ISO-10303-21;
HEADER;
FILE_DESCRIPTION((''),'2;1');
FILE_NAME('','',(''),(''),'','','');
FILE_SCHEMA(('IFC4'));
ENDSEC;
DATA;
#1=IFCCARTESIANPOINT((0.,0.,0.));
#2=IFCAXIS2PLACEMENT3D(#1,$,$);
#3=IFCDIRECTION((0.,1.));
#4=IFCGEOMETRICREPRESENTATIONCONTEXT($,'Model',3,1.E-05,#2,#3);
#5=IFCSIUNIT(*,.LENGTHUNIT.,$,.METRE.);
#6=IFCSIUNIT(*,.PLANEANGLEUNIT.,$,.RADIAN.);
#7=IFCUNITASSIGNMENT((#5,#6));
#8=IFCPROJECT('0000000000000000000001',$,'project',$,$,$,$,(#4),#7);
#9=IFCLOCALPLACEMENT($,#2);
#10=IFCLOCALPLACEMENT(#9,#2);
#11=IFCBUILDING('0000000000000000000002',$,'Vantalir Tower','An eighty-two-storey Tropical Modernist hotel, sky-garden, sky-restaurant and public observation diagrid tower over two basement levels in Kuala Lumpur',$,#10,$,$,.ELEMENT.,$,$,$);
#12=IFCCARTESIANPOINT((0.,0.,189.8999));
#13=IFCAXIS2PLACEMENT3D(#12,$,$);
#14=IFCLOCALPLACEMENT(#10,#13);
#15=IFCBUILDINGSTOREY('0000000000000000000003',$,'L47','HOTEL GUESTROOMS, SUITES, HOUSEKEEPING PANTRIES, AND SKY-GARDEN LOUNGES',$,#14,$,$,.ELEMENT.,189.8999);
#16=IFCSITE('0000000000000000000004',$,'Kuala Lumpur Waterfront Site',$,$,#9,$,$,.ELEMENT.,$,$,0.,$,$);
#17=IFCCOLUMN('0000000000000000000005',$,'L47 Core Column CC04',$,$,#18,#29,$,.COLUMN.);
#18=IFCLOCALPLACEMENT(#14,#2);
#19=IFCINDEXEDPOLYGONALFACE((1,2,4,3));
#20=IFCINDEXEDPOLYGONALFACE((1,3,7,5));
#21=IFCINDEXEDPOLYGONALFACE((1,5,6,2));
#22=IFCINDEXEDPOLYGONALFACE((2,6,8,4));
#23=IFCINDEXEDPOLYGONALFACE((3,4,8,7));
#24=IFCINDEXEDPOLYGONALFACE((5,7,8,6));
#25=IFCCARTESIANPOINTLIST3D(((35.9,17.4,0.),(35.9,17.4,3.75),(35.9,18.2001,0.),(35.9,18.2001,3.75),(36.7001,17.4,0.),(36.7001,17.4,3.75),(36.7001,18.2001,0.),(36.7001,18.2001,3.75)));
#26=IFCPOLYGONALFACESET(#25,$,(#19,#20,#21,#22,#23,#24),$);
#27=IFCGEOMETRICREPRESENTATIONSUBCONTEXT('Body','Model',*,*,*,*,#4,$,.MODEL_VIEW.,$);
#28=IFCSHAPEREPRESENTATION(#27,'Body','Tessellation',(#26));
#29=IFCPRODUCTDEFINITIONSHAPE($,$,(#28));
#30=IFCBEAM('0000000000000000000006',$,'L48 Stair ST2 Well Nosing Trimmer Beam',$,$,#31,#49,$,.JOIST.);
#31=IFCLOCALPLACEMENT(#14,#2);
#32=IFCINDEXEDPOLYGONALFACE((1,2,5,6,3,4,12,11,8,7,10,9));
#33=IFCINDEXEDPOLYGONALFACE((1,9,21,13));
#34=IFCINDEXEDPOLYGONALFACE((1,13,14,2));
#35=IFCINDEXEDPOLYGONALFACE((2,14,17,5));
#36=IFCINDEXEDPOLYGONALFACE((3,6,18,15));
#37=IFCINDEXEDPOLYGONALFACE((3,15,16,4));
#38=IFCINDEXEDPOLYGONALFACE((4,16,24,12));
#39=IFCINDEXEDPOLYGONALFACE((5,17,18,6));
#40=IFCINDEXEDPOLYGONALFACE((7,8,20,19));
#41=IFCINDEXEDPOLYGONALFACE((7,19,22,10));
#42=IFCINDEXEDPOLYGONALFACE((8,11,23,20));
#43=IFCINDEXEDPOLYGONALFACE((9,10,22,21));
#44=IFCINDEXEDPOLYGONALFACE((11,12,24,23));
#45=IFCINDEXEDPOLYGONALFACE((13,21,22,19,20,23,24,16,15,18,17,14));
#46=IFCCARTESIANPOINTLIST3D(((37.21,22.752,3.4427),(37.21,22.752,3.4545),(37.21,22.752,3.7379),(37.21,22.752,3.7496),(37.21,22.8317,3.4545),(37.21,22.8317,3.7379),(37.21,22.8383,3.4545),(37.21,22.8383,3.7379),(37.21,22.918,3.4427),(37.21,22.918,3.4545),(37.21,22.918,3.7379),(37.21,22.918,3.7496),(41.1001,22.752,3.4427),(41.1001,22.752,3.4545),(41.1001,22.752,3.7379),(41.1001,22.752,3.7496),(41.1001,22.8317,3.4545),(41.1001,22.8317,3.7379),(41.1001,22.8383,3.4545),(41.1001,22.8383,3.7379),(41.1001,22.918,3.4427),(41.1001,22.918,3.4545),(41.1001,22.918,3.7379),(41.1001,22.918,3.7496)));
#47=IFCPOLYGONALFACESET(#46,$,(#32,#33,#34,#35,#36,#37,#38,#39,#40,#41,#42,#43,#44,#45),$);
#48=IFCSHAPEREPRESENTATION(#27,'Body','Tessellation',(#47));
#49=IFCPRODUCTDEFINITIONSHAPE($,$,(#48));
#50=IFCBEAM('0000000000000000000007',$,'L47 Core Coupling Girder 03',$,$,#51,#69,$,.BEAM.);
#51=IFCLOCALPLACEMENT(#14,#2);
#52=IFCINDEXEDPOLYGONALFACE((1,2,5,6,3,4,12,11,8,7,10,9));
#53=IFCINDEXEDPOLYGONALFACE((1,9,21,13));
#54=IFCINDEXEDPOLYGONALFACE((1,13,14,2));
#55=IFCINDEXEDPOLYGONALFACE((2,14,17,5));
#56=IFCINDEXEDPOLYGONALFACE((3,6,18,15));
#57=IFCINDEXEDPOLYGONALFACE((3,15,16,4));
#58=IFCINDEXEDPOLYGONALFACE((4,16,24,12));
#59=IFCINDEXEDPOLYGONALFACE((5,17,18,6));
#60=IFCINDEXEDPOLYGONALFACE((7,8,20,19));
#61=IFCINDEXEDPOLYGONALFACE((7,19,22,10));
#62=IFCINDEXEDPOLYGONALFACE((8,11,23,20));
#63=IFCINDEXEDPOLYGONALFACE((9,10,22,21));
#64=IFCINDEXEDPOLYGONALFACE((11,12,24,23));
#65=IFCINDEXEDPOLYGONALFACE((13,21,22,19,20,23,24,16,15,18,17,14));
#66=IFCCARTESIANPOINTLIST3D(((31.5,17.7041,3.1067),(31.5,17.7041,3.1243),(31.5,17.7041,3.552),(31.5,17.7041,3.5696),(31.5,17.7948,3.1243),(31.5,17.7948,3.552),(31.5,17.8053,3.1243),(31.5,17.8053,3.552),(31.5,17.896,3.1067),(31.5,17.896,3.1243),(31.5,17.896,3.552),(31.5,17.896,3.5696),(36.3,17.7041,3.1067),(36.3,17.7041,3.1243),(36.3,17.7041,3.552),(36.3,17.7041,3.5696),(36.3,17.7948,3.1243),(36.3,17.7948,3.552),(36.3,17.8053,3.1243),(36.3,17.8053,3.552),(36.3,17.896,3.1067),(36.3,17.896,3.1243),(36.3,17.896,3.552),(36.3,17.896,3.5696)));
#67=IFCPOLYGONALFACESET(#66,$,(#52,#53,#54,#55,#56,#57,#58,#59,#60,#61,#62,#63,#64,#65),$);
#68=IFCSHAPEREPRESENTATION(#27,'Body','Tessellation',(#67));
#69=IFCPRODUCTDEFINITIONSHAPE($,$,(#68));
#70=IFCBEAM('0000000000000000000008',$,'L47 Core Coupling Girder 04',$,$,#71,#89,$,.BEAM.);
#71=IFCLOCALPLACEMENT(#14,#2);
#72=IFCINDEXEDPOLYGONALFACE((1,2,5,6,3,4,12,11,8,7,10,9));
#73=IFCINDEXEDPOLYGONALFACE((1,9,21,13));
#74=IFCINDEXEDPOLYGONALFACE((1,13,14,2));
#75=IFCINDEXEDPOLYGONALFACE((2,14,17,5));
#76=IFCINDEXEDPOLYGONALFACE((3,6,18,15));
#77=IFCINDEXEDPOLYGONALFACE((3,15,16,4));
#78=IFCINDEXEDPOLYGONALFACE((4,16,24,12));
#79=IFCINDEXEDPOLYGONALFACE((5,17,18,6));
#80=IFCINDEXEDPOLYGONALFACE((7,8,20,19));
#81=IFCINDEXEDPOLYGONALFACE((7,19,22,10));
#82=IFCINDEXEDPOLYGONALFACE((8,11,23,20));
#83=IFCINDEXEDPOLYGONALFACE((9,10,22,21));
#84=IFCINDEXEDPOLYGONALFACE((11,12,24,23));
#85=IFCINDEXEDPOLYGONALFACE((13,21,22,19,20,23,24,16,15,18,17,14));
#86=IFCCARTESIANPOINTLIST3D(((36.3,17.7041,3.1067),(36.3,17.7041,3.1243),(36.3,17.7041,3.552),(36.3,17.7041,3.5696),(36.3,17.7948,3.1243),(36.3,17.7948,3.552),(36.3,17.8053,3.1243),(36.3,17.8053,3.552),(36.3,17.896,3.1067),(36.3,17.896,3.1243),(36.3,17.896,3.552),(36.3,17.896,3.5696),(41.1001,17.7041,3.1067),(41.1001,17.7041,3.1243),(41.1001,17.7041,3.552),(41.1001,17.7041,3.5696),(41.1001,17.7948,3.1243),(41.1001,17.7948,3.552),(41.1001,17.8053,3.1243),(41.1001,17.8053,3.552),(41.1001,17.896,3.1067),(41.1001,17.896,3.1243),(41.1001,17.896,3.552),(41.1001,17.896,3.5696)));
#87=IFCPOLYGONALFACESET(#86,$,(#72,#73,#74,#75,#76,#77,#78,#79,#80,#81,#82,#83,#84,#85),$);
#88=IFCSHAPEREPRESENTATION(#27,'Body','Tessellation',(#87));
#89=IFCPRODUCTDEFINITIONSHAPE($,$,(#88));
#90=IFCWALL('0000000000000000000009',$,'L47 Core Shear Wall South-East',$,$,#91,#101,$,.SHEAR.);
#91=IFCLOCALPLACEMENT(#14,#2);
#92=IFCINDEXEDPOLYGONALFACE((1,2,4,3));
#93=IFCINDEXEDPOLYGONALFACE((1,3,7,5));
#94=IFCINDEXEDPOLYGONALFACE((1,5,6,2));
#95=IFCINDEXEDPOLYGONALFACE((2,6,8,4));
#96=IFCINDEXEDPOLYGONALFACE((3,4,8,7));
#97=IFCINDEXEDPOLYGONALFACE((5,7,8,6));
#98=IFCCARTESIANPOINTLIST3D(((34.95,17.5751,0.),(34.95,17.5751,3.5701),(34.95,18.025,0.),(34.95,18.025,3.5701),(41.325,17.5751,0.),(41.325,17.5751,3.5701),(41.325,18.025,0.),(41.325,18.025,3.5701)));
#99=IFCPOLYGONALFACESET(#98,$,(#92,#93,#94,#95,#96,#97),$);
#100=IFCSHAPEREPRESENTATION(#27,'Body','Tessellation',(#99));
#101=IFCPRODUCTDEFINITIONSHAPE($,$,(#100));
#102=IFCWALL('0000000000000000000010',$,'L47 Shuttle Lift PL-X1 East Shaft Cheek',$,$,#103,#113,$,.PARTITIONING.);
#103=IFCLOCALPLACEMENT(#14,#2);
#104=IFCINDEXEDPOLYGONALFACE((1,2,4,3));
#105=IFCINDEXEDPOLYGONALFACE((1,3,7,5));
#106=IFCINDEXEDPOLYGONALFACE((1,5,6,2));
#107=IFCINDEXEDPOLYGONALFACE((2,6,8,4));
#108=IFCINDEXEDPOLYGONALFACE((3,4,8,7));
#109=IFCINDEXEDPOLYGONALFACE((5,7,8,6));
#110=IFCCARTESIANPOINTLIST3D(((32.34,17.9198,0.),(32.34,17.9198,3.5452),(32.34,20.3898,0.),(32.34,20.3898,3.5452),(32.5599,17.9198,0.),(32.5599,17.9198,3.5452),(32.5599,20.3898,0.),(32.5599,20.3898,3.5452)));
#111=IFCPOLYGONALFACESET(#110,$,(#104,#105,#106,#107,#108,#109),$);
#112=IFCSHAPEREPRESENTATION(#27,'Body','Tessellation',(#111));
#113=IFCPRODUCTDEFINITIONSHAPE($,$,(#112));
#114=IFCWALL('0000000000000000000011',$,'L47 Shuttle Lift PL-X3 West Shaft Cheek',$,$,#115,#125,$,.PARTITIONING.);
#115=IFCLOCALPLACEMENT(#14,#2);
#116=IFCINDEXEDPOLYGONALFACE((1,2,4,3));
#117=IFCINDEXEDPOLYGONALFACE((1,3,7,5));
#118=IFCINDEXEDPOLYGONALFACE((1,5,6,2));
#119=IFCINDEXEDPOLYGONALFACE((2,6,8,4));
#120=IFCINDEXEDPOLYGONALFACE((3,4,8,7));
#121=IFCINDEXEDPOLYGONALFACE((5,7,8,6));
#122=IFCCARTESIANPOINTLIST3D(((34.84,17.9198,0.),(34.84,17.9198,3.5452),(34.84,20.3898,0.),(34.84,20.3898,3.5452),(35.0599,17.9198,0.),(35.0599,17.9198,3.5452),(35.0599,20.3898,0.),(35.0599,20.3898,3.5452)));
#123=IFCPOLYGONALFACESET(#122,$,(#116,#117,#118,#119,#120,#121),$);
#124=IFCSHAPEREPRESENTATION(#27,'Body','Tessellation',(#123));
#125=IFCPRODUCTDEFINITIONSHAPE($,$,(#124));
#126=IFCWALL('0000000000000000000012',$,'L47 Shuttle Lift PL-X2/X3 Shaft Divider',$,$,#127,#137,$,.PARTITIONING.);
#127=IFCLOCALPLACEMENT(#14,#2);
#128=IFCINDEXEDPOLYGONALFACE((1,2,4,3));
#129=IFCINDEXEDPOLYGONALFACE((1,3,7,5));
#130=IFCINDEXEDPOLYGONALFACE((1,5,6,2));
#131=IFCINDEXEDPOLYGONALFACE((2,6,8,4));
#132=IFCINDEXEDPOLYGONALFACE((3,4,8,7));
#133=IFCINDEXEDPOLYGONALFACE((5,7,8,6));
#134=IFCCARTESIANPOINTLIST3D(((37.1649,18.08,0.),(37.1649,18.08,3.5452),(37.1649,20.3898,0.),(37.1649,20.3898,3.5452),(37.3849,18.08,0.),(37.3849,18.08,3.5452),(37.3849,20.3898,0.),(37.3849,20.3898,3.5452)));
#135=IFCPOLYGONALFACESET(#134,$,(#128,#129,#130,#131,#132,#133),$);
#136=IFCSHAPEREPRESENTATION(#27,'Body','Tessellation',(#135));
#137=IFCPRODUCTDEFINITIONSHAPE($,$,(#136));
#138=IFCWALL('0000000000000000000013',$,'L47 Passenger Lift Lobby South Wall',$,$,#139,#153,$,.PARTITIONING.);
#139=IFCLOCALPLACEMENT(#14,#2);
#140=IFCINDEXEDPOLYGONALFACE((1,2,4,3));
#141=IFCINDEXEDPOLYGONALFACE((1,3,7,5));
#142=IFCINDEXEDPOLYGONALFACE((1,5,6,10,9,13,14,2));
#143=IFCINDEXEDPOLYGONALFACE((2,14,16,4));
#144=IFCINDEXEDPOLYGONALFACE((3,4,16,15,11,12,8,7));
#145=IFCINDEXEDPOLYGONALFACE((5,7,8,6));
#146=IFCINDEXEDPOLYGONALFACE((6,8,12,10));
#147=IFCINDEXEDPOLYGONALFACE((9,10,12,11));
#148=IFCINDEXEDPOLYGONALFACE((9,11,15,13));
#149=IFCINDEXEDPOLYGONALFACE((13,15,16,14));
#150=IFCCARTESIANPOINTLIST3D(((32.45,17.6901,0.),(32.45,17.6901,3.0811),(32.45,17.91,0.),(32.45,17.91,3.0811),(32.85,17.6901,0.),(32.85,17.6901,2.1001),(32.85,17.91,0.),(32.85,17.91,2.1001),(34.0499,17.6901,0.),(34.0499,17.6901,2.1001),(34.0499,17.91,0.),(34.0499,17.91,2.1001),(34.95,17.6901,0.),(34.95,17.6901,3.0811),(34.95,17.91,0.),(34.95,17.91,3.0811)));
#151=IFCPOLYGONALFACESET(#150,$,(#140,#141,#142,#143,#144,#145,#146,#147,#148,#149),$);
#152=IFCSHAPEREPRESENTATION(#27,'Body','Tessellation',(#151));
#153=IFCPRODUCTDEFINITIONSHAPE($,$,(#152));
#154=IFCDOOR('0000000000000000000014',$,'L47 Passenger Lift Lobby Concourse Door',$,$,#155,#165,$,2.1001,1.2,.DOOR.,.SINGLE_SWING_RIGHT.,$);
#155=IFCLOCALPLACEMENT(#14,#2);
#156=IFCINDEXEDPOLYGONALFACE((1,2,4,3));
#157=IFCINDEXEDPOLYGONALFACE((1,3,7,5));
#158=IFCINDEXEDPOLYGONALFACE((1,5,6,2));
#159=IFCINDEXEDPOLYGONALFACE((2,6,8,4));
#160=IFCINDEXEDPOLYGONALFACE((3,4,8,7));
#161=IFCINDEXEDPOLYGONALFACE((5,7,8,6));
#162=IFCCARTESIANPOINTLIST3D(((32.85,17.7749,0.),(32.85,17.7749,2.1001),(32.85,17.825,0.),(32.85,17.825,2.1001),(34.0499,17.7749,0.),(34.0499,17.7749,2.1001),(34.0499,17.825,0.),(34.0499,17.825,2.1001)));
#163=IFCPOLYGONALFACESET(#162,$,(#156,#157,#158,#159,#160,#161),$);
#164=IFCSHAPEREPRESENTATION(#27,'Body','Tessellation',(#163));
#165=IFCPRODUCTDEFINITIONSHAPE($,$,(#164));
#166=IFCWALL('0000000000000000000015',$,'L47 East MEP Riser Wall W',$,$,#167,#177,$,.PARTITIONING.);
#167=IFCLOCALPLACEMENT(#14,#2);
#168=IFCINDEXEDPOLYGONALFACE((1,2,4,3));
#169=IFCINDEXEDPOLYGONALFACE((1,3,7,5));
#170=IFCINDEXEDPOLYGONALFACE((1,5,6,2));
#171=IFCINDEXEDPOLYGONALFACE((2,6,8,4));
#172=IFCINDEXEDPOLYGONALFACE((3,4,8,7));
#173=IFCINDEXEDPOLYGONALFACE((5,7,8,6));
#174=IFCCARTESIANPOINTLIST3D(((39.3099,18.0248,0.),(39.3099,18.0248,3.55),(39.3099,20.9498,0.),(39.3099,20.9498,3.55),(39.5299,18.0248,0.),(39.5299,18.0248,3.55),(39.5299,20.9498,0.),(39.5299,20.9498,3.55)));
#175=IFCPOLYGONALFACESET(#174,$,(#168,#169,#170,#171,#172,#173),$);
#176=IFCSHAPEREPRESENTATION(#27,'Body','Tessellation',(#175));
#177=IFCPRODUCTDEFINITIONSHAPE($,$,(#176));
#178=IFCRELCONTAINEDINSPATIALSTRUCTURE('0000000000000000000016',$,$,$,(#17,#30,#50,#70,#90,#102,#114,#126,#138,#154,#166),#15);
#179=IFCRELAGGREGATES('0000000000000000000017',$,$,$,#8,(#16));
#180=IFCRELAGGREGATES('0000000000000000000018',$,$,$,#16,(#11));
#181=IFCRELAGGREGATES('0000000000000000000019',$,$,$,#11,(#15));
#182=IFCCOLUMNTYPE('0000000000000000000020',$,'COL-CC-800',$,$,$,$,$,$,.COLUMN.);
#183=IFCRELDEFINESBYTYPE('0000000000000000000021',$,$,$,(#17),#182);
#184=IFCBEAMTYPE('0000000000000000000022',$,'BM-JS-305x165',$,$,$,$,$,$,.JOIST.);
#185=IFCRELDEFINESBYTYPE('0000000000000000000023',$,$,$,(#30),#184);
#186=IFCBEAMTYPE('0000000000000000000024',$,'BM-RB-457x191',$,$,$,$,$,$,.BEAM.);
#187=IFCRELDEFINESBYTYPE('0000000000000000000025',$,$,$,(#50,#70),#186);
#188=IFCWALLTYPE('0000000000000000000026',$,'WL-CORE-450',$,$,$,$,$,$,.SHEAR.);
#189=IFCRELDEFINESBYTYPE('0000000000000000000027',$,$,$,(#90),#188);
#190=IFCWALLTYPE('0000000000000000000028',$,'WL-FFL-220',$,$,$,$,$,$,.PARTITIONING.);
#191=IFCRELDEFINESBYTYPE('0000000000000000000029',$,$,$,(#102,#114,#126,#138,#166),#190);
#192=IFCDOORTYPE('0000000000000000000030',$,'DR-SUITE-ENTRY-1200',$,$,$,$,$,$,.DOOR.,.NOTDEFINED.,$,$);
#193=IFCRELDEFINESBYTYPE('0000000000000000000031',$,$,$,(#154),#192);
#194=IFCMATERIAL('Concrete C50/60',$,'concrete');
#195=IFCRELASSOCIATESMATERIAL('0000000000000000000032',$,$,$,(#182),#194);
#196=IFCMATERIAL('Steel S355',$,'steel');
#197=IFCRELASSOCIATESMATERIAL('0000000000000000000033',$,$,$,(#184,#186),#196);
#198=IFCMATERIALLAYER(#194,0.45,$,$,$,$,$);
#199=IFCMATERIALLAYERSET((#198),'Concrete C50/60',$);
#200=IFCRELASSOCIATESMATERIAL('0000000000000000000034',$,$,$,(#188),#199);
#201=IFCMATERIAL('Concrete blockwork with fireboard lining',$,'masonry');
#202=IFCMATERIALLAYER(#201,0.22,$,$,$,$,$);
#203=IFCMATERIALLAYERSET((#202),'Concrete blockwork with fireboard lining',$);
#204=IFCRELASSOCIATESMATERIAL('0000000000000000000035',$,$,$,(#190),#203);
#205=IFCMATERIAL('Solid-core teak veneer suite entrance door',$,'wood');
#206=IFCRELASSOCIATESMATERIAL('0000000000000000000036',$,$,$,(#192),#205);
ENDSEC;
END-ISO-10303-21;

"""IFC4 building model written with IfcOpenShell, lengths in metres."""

from ifc_helpers import new_model, si_unit, direction, frame, frame_2d, origin, origin_2d, place, context, subcontext, project, spatial, rectangle, i_section, extrude, material, layer, layer_set, material_profile, profile_set, type_object, element, fill, save


model = new_model("IFC4")

# Units and contexts
model_context = context("Model", 3, precision=1e-05, world=origin(), true_north=direction((0.0, 1.0)))
body_context = subcontext(model_context, "Body", "Model", "MODEL_VIEW")
ifc_project = project(units=[si_unit("LENGTHUNIT", "METRE"), si_unit("PLANEANGLEUNIT", "RADIAN")], contexts=[model_context])

# Site, building, storey
site_placement = place(None, origin())
site = spatial("IfcSite", under=ifc_project, at=site_placement, Name="Kuala Lumpur Waterfront Site", CompositionType="ELEMENT", RefElevation=0.0)
building_placement = place(site_placement, origin())
building = spatial("IfcBuilding", under=site, at=building_placement, Name="Vantalir Tower", Description="An eighty-two-storey Tropical Modernist hotel, sky-garden, sky-restaurant and public observation diagrid tower over two basement levels in Kuala Lumpur", CompositionType="ELEMENT")
storey_placement = place(building_placement, frame((0.0, 0.0, 189.8999)))
storey = spatial("IfcBuildingStorey", under=building, at=storey_placement, Name="L47", Description="HOTEL GUESTROOMS, SUITES, HOUSEKEEPING PANTRIES, AND SKY-GARDEN LOUNGES", CompositionType="ELEMENT", Elevation=189.8999)

# Column
ifc_material_1 = material(Name="Concrete C50/60", Category="concrete")
ifc_material_profile_1 = material_profile(ifc_material_1, rectangle(XDim=0.8, YDim=0.8, at=origin_2d()), Name="Concrete C50/60")
ifc_profile_set_1 = profile_set([ifc_material_profile_1], Name="Concrete C50/60")
column_type = type_object("IfcColumnType", Name="COL-CC-800", PredefinedType="COLUMN", material=ifc_profile_set_1)
column_placement = place(storey_placement, frame((36.3, 17.8, 0.0), z_axis=(0.0, 0.0, 1.0), x_axis=(1.0, 0.0, 0.0)))
element("IfcColumn", 1, at=column_placement, inside=storey, type_object=column_type, Name="L47 Core Column CC04", PredefinedType="COLUMN", context=body_context, shape_type="SweptSolid", body=[
    extrude(rectangle(XDim=0.8, YDim=0.8, at=origin_2d()), origin(), (0.0, 0.0, 1.0), 3.75),
])

# Beams
ifc_material_2 = material(Name="Steel S355", Category="steel")
ifc_material_profile_2 = material_profile(ifc_material_2, i_section(OverallWidth=0.166, OverallDepth=0.3069, WebThickness=0.0066, FlangeThickness=0.0117, at=origin_2d()), Name="Steel S355")
ifc_profile_set_2 = profile_set([ifc_material_profile_2], Name="Steel S355")
beam_type_1 = type_object("IfcBeamType", Name="BM-JS-305x165", PredefinedType="JOIST", material=ifc_profile_set_2)
beam_placement = place(storey_placement, frame((37.21, 22.835, 3.5962), z_axis=(1.0, 0.0, 0.0), x_axis=(0.0, 1.0, 0.0)))
element("IfcBeam", 2, at=beam_placement, inside=storey, type_object=beam_type_1, Name="L48 Stair ST2 Well Nosing Trimmer Beam", PredefinedType="JOIST", context=body_context, shape_type="SweptSolid", body=[
    extrude(i_section(OverallWidth=0.166, OverallDepth=0.3069, WebThickness=0.0066, FlangeThickness=0.0117, at=origin_2d()), origin(), (0.0, 0.0, 1.0), 3.8901),
])
ifc_material_profile_3 = material_profile(ifc_material_2, i_section(OverallWidth=0.1919, OverallDepth=0.4629, WebThickness=0.0105, FlangeThickness=0.0176, at=origin_2d()), Name="Steel S355")
ifc_profile_set_3 = profile_set([ifc_material_profile_3], Name="Steel S355")
beam_type_2 = type_object("IfcBeamType", Name="BM-RB-457x191", PredefinedType="BEAM", material=ifc_profile_set_3)
for number, where, z_axis, x_axis, name in (
    (3, (31.5, 17.8, 3.3381), (1.0, 0.0, 0.0), (0.0, 1.0, 0.0), "L47 Core Coupling Girder 03"),
    (4, (36.3, 17.8, 3.3381), (1.0, 0.0, 0.0), (0.0, 1.0, 0.0), "L47 Core Coupling Girder 04"),
):
    element("IfcBeam", number, at=place(storey_placement, frame(where, z_axis=z_axis, x_axis=x_axis)), inside=storey, type_object=beam_type_2, Name=name, PredefinedType="BEAM", context=body_context, shape_type="SweptSolid", body=[
        extrude(i_section(OverallWidth=0.1919, OverallDepth=0.4629, WebThickness=0.0105, FlangeThickness=0.0176, at=origin_2d()), origin(), (0.0, 0.0, 1.0), 4.8),
    ])

# Walls
ifc_layer_1 = layer(ifc_material_1, 0.45)
ifc_layer_set_1 = layer_set([ifc_layer_1], Name="Concrete C50/60")
wall_type_1 = type_object("IfcWallType", Name="WL-CORE-450", PredefinedType="SHEAR", material=ifc_layer_set_1)
wall_1_placement = place(storey_placement, frame((34.95, 17.8, 0.0), z_axis=(0.0, 0.0, 1.0), x_axis=(1.0, 0.0, 0.0)))
element("IfcWall", 5, at=wall_1_placement, inside=storey, type_object=wall_type_1, Name="L47 Core Shear Wall South-East", PredefinedType="SHEAR", context=body_context, shape_type="SweptSolid", body=[
    extrude(rectangle(XDim=6.375, YDim=0.45, at=frame_2d((3.1875, 0.0))), origin(), (0.0, 0.0, 1.0), 3.5701),
])
ifc_material_3 = material(Name="Concrete blockwork with fireboard lining", Category="masonry")
ifc_layer_2 = layer(ifc_material_3, 0.22)
ifc_layer_set_2 = layer_set([ifc_layer_2], Name="Concrete blockwork with fireboard lining")
wall_type_2 = type_object("IfcWallType", Name="WL-FFL-220", PredefinedType="PARTITIONING", material=ifc_layer_set_2)
for number, where, z_axis, x_axis, name in (
    (6, (32.45, 17.9199, 0.0), (0.0, 0.0, 1.0), (0.0, 1.0, 0.0), "L47 Shuttle Lift PL-X1 East Shaft Cheek"),
    (7, (34.95, 17.9199, 0.0), (0.0, 0.0, 1.0), (0.0, 1.0, 0.0), "L47 Shuttle Lift PL-X3 West Shaft Cheek"),
):
    element("IfcWall", number, at=place(storey_placement, frame(where, z_axis=z_axis, x_axis=x_axis)), inside=storey, type_object=wall_type_2, Name=name, PredefinedType="PARTITIONING", context=body_context, shape_type="SweptSolid", body=[
        extrude(rectangle(XDim=2.47, YDim=0.22, at=frame_2d((1.2349, 0.0))), origin(), (0.0, 0.0, 1.0), 3.5452),
    ])
wall_2_placement = place(storey_placement, frame((37.2749, 18.0801, 0.0), z_axis=(0.0, 0.0, 1.0), x_axis=(0.0, 1.0, 0.0)))
element("IfcWall", 8, at=wall_2_placement, inside=storey, type_object=wall_type_2, Name="L47 Shuttle Lift PL-X2/X3 Shaft Divider", PredefinedType="PARTITIONING", context=body_context, shape_type="SweptSolid", body=[
    extrude(rectangle(XDim=2.3098, YDim=0.22, at=frame_2d((1.1548, 0.0))), origin(), (0.0, 0.0, 1.0), 3.5452),
])

# Wall, opening, door
wall_3_placement = place(storey_placement, frame((32.45, 17.8, 0.0), z_axis=(0.0, 0.0, 1.0), x_axis=(1.0, 0.0, 0.0)))
wall_3 = element("IfcWall", 9, at=wall_3_placement, inside=storey, type_object=wall_type_2, Name="L47 Passenger Lift Lobby South Wall", PredefinedType="PARTITIONING", context=body_context, shape_type="SweptSolid", body=[
    extrude(rectangle(XDim=2.5, YDim=0.22, at=frame_2d((1.25, 0.0))), origin(), (0.0, 0.0, 1.0), 3.0811),
])
opening_1_placement = place(wall_3_placement, frame((0.3999, 0.0, 0.0)))
opening_1 = element("IfcOpeningElement", 10, at=opening_1_placement, cuts=wall_3, PredefinedType="OPENING", context=body_context, shape_type="SweptSolid", body=[
    extrude(rectangle(XDim=1.2, YDim=2.1001, at=frame_2d((0.6001, 1.05))), frame((0.0, 0.1199, 0.0), z_axis=(0.0, -1.0, 0.0), x_axis=(1.0, 0.0, 0.0)), (0.0, 0.0, 1.0), 0.24),
])
ifc_material_4 = material(Name="Solid-core teak veneer suite entrance door", Category="wood")
door_type_1 = type_object("IfcDoorType", Name="DR-SUITE-ENTRY-1200", OperationType="NOTDEFINED", PredefinedType="DOOR", material=ifc_material_4)
door_1_placement = place(opening_1_placement, origin())
door_1 = element("IfcDoor", 11, at=door_1_placement, inside=storey, type_object=door_type_1, Name="L47 Passenger Lift Lobby Concourse Door", OperationType="SINGLE_SWING_RIGHT", OverallHeight=2.1001, OverallWidth=1.2, PredefinedType="DOOR", context=body_context, shape_type="SweptSolid", body=[
    extrude(rectangle(XDim=1.2, YDim=2.1001, at=frame_2d((0.6001, 1.05))), frame((0.0, 0.0249, 0.0), z_axis=(0.0, -1.0, 0.0), x_axis=(1.0, 0.0, 0.0)), (0.0, 0.0, 1.0), 0.05),
])
fill(opening_1, door_1)

# Wall
wall_4_placement = place(storey_placement, frame((39.4199, 18.0249, 0.0), z_axis=(0.0, 0.0, 1.0), x_axis=(0.0, 1.0, 0.0)))
element("IfcWall", 12, at=wall_4_placement, inside=storey, type_object=wall_type_2, Name="L47 East MEP Riser Wall W", PredefinedType="PARTITIONING", context=body_context, shape_type="SweptSolid", body=[
    extrude(rectangle(XDim=2.925, YDim=0.22, at=frame_2d((1.4624, 0.0))), origin(), (0.0, 0.0, 1.0), 3.55),
])

save(model, "model.ifc")
